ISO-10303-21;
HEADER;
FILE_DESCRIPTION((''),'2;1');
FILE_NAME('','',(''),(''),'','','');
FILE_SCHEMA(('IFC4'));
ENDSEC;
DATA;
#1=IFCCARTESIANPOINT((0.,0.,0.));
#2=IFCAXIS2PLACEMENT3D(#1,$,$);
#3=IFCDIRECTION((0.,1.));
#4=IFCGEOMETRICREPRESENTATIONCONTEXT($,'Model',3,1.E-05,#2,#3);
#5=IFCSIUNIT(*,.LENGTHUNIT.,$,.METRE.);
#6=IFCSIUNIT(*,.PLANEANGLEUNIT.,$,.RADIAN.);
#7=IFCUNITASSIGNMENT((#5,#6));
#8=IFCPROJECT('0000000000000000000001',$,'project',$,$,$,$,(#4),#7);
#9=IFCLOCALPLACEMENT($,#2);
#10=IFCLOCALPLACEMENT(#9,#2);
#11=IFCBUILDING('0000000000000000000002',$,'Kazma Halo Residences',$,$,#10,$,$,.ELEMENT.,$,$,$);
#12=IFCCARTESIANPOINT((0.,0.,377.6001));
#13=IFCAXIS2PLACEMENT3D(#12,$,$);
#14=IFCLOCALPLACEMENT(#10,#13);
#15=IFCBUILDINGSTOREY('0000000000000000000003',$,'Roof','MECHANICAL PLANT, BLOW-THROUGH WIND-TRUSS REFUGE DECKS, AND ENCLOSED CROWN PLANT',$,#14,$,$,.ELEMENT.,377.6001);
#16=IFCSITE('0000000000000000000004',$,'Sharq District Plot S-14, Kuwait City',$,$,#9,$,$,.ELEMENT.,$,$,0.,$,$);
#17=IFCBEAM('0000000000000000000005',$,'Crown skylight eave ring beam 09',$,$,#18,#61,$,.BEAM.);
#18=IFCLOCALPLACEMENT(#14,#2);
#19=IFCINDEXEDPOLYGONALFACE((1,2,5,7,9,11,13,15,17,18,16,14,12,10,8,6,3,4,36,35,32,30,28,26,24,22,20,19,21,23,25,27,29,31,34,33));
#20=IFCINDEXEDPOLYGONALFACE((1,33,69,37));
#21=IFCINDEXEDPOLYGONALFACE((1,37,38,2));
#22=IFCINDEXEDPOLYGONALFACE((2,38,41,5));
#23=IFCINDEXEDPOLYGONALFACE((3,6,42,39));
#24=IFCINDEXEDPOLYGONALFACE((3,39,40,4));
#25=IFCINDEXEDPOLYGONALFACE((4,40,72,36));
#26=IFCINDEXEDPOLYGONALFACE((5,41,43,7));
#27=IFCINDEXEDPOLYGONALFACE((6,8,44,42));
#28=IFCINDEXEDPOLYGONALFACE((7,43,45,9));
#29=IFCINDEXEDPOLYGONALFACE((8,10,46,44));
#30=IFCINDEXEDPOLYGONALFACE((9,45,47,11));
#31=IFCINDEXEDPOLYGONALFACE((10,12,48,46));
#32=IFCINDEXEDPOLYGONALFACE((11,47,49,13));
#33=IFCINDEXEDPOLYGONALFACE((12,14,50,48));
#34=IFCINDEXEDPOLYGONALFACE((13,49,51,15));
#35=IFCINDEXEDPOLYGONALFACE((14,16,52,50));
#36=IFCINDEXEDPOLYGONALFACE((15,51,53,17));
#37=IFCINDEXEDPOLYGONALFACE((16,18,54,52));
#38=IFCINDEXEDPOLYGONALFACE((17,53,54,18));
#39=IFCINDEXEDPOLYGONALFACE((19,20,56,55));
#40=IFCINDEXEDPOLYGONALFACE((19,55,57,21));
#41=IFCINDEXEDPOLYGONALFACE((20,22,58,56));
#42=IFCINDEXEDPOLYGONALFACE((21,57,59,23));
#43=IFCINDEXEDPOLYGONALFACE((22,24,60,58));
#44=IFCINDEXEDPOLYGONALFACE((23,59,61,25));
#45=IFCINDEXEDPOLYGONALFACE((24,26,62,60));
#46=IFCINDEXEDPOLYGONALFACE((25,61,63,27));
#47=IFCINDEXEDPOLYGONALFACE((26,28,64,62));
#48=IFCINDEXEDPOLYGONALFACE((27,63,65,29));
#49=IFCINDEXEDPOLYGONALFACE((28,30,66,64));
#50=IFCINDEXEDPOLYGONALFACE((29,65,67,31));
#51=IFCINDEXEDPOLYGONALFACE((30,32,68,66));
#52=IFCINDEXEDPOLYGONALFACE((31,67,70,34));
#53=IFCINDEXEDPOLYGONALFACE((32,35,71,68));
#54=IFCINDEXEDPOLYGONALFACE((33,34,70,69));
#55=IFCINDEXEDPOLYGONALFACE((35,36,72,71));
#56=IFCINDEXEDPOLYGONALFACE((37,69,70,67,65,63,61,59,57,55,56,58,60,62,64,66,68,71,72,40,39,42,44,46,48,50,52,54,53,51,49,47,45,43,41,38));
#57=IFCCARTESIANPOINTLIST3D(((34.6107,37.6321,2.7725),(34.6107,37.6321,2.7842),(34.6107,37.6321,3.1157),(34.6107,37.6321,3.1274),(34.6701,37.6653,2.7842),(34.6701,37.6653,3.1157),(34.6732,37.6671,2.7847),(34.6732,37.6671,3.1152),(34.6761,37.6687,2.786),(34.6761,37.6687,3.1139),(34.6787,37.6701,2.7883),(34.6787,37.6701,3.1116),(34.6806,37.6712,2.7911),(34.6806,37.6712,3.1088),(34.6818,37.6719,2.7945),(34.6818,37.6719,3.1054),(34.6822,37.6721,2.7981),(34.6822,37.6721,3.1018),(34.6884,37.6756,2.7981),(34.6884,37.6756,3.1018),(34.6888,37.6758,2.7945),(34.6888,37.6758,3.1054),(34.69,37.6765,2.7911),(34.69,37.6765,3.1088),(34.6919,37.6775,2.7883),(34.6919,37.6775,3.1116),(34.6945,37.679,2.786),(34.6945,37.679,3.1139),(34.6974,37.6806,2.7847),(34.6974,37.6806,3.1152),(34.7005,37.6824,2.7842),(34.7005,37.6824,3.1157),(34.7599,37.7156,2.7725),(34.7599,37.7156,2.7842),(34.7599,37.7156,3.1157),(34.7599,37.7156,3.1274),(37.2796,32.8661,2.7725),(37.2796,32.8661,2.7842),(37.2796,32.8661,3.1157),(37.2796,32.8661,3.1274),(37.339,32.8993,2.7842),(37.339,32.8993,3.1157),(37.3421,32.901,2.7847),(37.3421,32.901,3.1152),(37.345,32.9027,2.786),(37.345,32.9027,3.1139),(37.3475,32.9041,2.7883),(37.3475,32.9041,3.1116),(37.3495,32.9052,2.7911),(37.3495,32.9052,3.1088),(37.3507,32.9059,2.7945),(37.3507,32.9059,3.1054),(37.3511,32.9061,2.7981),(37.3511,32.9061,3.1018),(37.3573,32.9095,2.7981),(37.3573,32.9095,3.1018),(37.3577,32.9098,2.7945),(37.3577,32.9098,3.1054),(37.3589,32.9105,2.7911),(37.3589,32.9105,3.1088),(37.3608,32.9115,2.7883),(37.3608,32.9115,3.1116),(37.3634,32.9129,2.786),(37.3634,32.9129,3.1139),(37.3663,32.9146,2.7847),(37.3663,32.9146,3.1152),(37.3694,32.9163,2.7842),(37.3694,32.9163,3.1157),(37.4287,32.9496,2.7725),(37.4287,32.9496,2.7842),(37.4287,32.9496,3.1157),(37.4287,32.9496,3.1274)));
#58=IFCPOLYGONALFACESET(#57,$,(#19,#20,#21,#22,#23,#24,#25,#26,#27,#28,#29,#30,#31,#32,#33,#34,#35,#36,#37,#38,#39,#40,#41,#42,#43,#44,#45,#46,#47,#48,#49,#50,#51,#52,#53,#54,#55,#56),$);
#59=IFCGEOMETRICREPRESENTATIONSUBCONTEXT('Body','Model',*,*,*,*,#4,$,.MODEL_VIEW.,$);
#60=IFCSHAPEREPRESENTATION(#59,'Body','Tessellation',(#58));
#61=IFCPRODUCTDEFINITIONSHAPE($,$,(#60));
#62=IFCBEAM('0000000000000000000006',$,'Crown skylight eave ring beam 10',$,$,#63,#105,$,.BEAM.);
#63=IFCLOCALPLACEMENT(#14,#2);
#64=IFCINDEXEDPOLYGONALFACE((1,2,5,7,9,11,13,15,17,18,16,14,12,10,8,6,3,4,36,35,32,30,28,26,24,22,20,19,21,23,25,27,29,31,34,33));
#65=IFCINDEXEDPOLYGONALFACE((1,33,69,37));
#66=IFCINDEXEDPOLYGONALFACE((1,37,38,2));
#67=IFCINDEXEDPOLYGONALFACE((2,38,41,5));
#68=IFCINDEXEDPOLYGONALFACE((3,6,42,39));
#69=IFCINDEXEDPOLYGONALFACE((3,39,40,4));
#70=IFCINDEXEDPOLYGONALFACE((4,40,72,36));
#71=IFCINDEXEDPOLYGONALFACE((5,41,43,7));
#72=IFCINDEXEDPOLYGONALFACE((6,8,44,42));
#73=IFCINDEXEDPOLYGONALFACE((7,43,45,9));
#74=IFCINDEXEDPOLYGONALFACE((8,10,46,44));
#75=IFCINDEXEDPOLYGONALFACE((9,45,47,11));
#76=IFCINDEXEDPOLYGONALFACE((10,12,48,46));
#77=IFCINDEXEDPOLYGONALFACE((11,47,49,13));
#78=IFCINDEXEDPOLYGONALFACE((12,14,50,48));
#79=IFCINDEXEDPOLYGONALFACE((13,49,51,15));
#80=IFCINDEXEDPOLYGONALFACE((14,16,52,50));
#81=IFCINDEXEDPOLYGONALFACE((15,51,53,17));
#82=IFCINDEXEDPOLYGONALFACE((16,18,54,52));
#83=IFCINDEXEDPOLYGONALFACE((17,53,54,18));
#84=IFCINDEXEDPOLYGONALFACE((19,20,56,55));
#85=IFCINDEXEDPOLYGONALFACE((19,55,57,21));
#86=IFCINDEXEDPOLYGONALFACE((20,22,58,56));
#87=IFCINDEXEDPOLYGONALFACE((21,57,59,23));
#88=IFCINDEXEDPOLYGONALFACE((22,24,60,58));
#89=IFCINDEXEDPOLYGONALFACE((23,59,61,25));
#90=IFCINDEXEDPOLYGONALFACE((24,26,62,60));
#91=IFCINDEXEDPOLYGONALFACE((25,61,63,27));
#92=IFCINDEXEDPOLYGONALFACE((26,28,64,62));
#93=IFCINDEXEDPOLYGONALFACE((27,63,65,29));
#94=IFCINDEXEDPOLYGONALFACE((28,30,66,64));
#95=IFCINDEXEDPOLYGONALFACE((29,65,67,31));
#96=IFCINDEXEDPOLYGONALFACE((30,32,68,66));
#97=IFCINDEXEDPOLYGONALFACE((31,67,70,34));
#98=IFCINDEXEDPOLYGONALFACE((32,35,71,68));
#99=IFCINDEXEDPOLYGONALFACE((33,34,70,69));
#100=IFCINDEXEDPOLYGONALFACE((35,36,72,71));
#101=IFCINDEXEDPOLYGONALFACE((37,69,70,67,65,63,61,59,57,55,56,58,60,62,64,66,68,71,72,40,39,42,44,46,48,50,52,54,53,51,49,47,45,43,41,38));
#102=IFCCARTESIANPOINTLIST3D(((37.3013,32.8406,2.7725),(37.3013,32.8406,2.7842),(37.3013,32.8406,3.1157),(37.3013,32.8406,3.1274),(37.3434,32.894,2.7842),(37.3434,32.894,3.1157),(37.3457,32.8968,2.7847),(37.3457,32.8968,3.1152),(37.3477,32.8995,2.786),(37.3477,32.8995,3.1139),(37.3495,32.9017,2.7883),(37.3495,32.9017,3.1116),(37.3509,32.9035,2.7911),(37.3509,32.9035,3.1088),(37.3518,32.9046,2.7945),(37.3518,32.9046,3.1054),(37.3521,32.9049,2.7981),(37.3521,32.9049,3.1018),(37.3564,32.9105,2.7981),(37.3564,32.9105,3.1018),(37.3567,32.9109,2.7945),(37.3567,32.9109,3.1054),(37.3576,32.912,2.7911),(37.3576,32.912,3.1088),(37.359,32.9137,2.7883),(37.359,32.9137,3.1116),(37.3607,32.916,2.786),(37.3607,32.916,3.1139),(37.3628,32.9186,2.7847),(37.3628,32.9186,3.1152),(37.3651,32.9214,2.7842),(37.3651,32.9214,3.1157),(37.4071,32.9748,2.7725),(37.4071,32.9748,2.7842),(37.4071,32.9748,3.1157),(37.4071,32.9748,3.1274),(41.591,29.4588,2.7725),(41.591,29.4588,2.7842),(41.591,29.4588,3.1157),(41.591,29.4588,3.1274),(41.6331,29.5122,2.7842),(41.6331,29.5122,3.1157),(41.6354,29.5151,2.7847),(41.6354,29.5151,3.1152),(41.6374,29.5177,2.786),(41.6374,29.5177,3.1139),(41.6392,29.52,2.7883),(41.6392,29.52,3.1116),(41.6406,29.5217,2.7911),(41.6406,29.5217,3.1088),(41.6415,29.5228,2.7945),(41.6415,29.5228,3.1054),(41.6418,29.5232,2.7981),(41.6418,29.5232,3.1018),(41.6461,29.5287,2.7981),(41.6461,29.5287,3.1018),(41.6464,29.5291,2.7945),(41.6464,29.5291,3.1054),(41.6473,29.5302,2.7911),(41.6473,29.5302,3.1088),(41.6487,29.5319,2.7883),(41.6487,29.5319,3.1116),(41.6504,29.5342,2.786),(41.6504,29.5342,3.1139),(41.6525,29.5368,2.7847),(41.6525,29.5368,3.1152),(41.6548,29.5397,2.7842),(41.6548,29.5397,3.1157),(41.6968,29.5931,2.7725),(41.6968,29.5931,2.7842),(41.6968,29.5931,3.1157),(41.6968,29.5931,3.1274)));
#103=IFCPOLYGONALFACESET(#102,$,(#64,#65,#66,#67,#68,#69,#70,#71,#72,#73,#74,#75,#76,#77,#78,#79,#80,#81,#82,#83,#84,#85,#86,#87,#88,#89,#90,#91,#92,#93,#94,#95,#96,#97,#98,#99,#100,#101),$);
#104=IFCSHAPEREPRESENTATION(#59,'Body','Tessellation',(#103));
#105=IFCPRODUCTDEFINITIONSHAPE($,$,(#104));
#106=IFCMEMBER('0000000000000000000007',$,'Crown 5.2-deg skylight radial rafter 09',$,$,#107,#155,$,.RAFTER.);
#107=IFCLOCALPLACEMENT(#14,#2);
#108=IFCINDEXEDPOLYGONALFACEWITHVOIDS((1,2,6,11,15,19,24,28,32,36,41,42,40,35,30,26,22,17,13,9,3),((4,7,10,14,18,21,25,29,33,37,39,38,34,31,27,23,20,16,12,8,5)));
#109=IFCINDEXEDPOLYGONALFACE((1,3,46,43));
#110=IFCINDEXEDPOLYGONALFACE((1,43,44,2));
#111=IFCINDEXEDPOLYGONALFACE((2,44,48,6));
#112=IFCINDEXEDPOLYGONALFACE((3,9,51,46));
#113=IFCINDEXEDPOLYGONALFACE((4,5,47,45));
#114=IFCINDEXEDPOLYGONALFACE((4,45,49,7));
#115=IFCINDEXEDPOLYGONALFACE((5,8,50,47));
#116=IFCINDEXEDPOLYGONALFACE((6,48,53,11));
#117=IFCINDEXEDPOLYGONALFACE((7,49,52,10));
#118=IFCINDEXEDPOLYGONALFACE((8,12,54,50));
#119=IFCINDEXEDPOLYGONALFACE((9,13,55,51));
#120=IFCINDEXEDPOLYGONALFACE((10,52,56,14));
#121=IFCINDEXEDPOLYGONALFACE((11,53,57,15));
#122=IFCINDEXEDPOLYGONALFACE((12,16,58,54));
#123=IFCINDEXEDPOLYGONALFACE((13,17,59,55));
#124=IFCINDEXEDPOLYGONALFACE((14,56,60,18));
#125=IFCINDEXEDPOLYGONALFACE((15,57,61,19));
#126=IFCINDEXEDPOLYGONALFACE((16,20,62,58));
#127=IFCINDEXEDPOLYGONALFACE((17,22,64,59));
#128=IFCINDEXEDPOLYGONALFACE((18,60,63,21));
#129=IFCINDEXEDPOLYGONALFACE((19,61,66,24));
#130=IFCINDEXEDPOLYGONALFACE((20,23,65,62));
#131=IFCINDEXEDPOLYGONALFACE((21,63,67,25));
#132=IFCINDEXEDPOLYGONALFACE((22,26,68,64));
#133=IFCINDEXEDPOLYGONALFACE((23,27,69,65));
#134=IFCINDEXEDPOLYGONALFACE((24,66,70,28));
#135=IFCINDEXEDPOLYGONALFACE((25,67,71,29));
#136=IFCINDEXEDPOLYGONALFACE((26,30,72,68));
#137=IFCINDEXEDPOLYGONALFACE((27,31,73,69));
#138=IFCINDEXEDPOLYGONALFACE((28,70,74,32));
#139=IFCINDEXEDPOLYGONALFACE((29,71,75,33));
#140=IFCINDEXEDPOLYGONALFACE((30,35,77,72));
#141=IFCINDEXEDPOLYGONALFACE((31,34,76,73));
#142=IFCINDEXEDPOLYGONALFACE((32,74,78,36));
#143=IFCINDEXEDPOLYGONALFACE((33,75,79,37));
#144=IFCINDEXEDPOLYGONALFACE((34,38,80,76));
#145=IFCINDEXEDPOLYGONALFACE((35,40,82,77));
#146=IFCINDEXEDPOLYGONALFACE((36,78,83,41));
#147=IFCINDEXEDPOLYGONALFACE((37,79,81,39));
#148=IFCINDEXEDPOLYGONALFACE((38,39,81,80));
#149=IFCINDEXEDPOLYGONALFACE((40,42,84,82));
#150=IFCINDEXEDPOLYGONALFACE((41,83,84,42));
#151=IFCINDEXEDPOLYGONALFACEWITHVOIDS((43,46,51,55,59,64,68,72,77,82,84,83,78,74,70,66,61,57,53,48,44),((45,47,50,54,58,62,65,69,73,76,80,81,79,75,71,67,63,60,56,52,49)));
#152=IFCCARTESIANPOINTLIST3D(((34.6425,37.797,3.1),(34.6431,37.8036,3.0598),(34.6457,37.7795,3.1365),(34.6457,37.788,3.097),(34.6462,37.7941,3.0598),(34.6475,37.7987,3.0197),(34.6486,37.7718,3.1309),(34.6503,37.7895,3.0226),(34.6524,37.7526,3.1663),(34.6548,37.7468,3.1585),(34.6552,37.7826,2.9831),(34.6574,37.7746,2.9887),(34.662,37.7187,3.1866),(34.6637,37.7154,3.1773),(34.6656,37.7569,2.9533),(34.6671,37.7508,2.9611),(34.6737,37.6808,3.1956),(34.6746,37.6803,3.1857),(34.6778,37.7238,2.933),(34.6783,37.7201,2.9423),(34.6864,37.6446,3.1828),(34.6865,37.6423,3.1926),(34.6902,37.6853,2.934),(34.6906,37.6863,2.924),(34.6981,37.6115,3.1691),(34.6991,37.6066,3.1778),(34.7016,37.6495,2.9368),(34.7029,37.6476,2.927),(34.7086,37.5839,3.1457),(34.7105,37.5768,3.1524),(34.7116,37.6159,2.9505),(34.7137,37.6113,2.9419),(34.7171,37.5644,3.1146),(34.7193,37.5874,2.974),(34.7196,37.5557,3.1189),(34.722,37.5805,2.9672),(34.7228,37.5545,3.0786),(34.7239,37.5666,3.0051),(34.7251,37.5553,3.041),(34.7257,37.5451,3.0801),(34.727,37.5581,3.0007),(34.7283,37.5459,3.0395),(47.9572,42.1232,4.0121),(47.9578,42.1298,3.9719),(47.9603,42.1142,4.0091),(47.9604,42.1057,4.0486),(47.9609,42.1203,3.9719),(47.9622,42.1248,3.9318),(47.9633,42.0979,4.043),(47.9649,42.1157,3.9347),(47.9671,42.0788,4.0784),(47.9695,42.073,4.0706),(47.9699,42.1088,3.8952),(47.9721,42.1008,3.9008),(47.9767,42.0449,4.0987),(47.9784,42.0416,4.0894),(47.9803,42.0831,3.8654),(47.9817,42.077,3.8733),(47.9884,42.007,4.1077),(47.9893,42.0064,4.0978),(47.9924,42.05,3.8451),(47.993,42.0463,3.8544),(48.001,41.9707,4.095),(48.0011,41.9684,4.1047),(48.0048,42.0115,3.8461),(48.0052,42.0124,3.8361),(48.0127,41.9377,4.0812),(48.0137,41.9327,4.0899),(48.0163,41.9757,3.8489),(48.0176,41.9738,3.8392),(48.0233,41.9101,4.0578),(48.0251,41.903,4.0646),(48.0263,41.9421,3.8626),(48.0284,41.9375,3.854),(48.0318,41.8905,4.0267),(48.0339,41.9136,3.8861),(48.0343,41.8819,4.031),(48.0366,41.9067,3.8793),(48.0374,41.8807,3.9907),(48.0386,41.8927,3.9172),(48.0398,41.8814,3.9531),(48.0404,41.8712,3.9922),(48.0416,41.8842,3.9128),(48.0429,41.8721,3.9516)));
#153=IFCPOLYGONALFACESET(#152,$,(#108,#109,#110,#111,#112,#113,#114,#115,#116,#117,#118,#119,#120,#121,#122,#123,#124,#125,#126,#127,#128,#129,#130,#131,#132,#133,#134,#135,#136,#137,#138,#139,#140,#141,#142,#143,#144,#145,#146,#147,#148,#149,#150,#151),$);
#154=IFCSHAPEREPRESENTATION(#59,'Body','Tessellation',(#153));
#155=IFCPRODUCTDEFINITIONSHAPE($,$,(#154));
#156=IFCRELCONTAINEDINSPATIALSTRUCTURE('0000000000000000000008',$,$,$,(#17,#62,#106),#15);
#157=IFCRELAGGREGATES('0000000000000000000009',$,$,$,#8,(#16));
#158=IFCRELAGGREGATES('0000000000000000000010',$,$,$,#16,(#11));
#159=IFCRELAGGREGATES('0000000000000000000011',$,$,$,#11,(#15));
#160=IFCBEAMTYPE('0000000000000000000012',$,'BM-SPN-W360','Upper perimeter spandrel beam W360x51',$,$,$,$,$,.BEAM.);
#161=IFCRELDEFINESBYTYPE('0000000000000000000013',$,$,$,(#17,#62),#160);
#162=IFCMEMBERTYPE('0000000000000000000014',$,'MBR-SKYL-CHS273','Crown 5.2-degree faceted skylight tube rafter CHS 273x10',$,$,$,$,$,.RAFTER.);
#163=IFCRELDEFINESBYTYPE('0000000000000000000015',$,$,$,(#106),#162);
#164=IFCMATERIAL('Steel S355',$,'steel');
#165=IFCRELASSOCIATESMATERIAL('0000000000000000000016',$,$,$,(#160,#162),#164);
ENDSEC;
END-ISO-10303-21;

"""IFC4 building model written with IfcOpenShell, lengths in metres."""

from ifc_helpers import new_model, si_unit, direction, frame, origin, origin_2d, place, context, subcontext, project, spatial, hollow_circle, i_section, extrude, material, material_profile, profile_set, type_object, element, save


model = new_model("IFC4")

# Units and contexts
model_context = context("Model", 3, precision=1e-05, world=origin(), true_north=direction((0.0, 1.0)))
body_context = subcontext(model_context, "Body", "Model", "MODEL_VIEW")
ifc_project = project(units=[si_unit("LENGTHUNIT", "METRE"), si_unit("PLANEANGLEUNIT", "RADIAN")], contexts=[model_context])

# Site, building, storey
site_placement = place(None, origin())
site = spatial("IfcSite", under=ifc_project, at=site_placement, Name="Sharq District Plot S-14, Kuwait City", CompositionType="ELEMENT", RefElevation=0.0)
building_placement = place(site_placement, origin())
building = spatial("IfcBuilding", under=site, at=building_placement, Name="Kazma Halo Residences", CompositionType="ELEMENT")
storey_placement = place(building_placement, frame((0.0, 0.0, 377.6001)))
storey = spatial("IfcBuildingStorey", under=building, at=storey_placement, Name="Roof", Description="MECHANICAL PLANT, BLOW-THROUGH WIND-TRUSS REFUGE DECKS, AND ENCLOSED CROWN PLANT", CompositionType="ELEMENT", Elevation=377.6001)

# Shared definitions
ifc_material_1 = material(Name="Steel S355", Category="steel")

# Beams
ifc_material_profile_1 = material_profile(ifc_material_1, i_section(OverallWidth=0.1709, OverallDepth=0.355, WebThickness=0.0071, FlangeThickness=0.0117, FilletRadius=0.0139, at=origin_2d()), Name="W360x51")
ifc_profile_set_1 = profile_set([ifc_material_profile_1], Name="Steel S355")
beam_type_1 = type_object("IfcBeamType", Name="BM-SPN-W360", Description="Upper perimeter spandrel beam W360x51", PredefinedType="BEAM", material=ifc_profile_set_1)
for number, where, z_axis, x_axis, name in (
    (1, (34.6853, 37.6738, 2.95), (0.488592, -0.872512, 0.0), (0.872512, 0.488592, 0.0), "Crown skylight eave ring beam 09"),
    (2, (37.3542, 32.9077, 2.95), (0.785314, -0.619098, 0.0), (0.619098, 0.785314, 0.0), "Crown skylight eave ring beam 10"),
):
    element("IfcBeam", number, at=place(storey_placement, frame(where, z_axis=z_axis, x_axis=x_axis)), inside=storey, type_object=beam_type_1, Name=name, PredefinedType="BEAM", context=body_context, shape_type="SweptSolid", body=[
        extrude(i_section(OverallWidth=0.1709, OverallDepth=0.355, WebThickness=0.0071, FlangeThickness=0.0117, FilletRadius=0.0139, at=origin_2d()), origin(), (0.0, 0.0, 1.0), 5.4624),
    ])

# Member
ifc_material_profile_2 = material_profile(ifc_material_1, hollow_circle(Radius=0.1365, WallThickness=0.01, at=origin_2d()), Name="CHS273x10")
ifc_profile_set_2 = profile_set([ifc_material_profile_2], Name="Steel S355")
member_type = type_object("IfcMemberType", Name="MBR-SKYL-CHS273", Description="Crown 5.2-degree faceted skylight tube rafter CHS 273x10", PredefinedType="RAFTER", material=ifc_profile_set_2)
member_1_placement = place(storey_placement, frame((34.6853, 37.6738, 3.0598), z_axis=(0.949045, 0.308361, 0.065013), x_axis=(-0.309015, 0.951057, 0.0)))
element("IfcMember", 3, at=member_1_placement, inside=storey, type_object=member_type, Name="Crown 5.2-deg skylight radial rafter 09", PredefinedType="RAFTER", context=body_context, shape_type="SweptSolid", body=[
    extrude(hollow_circle(Radius=0.1365, WallThickness=0.01, at=origin_2d()), origin(), (0.0, 0.0, 1.0), 14.0295),
])

save(model, "model.ifc")
